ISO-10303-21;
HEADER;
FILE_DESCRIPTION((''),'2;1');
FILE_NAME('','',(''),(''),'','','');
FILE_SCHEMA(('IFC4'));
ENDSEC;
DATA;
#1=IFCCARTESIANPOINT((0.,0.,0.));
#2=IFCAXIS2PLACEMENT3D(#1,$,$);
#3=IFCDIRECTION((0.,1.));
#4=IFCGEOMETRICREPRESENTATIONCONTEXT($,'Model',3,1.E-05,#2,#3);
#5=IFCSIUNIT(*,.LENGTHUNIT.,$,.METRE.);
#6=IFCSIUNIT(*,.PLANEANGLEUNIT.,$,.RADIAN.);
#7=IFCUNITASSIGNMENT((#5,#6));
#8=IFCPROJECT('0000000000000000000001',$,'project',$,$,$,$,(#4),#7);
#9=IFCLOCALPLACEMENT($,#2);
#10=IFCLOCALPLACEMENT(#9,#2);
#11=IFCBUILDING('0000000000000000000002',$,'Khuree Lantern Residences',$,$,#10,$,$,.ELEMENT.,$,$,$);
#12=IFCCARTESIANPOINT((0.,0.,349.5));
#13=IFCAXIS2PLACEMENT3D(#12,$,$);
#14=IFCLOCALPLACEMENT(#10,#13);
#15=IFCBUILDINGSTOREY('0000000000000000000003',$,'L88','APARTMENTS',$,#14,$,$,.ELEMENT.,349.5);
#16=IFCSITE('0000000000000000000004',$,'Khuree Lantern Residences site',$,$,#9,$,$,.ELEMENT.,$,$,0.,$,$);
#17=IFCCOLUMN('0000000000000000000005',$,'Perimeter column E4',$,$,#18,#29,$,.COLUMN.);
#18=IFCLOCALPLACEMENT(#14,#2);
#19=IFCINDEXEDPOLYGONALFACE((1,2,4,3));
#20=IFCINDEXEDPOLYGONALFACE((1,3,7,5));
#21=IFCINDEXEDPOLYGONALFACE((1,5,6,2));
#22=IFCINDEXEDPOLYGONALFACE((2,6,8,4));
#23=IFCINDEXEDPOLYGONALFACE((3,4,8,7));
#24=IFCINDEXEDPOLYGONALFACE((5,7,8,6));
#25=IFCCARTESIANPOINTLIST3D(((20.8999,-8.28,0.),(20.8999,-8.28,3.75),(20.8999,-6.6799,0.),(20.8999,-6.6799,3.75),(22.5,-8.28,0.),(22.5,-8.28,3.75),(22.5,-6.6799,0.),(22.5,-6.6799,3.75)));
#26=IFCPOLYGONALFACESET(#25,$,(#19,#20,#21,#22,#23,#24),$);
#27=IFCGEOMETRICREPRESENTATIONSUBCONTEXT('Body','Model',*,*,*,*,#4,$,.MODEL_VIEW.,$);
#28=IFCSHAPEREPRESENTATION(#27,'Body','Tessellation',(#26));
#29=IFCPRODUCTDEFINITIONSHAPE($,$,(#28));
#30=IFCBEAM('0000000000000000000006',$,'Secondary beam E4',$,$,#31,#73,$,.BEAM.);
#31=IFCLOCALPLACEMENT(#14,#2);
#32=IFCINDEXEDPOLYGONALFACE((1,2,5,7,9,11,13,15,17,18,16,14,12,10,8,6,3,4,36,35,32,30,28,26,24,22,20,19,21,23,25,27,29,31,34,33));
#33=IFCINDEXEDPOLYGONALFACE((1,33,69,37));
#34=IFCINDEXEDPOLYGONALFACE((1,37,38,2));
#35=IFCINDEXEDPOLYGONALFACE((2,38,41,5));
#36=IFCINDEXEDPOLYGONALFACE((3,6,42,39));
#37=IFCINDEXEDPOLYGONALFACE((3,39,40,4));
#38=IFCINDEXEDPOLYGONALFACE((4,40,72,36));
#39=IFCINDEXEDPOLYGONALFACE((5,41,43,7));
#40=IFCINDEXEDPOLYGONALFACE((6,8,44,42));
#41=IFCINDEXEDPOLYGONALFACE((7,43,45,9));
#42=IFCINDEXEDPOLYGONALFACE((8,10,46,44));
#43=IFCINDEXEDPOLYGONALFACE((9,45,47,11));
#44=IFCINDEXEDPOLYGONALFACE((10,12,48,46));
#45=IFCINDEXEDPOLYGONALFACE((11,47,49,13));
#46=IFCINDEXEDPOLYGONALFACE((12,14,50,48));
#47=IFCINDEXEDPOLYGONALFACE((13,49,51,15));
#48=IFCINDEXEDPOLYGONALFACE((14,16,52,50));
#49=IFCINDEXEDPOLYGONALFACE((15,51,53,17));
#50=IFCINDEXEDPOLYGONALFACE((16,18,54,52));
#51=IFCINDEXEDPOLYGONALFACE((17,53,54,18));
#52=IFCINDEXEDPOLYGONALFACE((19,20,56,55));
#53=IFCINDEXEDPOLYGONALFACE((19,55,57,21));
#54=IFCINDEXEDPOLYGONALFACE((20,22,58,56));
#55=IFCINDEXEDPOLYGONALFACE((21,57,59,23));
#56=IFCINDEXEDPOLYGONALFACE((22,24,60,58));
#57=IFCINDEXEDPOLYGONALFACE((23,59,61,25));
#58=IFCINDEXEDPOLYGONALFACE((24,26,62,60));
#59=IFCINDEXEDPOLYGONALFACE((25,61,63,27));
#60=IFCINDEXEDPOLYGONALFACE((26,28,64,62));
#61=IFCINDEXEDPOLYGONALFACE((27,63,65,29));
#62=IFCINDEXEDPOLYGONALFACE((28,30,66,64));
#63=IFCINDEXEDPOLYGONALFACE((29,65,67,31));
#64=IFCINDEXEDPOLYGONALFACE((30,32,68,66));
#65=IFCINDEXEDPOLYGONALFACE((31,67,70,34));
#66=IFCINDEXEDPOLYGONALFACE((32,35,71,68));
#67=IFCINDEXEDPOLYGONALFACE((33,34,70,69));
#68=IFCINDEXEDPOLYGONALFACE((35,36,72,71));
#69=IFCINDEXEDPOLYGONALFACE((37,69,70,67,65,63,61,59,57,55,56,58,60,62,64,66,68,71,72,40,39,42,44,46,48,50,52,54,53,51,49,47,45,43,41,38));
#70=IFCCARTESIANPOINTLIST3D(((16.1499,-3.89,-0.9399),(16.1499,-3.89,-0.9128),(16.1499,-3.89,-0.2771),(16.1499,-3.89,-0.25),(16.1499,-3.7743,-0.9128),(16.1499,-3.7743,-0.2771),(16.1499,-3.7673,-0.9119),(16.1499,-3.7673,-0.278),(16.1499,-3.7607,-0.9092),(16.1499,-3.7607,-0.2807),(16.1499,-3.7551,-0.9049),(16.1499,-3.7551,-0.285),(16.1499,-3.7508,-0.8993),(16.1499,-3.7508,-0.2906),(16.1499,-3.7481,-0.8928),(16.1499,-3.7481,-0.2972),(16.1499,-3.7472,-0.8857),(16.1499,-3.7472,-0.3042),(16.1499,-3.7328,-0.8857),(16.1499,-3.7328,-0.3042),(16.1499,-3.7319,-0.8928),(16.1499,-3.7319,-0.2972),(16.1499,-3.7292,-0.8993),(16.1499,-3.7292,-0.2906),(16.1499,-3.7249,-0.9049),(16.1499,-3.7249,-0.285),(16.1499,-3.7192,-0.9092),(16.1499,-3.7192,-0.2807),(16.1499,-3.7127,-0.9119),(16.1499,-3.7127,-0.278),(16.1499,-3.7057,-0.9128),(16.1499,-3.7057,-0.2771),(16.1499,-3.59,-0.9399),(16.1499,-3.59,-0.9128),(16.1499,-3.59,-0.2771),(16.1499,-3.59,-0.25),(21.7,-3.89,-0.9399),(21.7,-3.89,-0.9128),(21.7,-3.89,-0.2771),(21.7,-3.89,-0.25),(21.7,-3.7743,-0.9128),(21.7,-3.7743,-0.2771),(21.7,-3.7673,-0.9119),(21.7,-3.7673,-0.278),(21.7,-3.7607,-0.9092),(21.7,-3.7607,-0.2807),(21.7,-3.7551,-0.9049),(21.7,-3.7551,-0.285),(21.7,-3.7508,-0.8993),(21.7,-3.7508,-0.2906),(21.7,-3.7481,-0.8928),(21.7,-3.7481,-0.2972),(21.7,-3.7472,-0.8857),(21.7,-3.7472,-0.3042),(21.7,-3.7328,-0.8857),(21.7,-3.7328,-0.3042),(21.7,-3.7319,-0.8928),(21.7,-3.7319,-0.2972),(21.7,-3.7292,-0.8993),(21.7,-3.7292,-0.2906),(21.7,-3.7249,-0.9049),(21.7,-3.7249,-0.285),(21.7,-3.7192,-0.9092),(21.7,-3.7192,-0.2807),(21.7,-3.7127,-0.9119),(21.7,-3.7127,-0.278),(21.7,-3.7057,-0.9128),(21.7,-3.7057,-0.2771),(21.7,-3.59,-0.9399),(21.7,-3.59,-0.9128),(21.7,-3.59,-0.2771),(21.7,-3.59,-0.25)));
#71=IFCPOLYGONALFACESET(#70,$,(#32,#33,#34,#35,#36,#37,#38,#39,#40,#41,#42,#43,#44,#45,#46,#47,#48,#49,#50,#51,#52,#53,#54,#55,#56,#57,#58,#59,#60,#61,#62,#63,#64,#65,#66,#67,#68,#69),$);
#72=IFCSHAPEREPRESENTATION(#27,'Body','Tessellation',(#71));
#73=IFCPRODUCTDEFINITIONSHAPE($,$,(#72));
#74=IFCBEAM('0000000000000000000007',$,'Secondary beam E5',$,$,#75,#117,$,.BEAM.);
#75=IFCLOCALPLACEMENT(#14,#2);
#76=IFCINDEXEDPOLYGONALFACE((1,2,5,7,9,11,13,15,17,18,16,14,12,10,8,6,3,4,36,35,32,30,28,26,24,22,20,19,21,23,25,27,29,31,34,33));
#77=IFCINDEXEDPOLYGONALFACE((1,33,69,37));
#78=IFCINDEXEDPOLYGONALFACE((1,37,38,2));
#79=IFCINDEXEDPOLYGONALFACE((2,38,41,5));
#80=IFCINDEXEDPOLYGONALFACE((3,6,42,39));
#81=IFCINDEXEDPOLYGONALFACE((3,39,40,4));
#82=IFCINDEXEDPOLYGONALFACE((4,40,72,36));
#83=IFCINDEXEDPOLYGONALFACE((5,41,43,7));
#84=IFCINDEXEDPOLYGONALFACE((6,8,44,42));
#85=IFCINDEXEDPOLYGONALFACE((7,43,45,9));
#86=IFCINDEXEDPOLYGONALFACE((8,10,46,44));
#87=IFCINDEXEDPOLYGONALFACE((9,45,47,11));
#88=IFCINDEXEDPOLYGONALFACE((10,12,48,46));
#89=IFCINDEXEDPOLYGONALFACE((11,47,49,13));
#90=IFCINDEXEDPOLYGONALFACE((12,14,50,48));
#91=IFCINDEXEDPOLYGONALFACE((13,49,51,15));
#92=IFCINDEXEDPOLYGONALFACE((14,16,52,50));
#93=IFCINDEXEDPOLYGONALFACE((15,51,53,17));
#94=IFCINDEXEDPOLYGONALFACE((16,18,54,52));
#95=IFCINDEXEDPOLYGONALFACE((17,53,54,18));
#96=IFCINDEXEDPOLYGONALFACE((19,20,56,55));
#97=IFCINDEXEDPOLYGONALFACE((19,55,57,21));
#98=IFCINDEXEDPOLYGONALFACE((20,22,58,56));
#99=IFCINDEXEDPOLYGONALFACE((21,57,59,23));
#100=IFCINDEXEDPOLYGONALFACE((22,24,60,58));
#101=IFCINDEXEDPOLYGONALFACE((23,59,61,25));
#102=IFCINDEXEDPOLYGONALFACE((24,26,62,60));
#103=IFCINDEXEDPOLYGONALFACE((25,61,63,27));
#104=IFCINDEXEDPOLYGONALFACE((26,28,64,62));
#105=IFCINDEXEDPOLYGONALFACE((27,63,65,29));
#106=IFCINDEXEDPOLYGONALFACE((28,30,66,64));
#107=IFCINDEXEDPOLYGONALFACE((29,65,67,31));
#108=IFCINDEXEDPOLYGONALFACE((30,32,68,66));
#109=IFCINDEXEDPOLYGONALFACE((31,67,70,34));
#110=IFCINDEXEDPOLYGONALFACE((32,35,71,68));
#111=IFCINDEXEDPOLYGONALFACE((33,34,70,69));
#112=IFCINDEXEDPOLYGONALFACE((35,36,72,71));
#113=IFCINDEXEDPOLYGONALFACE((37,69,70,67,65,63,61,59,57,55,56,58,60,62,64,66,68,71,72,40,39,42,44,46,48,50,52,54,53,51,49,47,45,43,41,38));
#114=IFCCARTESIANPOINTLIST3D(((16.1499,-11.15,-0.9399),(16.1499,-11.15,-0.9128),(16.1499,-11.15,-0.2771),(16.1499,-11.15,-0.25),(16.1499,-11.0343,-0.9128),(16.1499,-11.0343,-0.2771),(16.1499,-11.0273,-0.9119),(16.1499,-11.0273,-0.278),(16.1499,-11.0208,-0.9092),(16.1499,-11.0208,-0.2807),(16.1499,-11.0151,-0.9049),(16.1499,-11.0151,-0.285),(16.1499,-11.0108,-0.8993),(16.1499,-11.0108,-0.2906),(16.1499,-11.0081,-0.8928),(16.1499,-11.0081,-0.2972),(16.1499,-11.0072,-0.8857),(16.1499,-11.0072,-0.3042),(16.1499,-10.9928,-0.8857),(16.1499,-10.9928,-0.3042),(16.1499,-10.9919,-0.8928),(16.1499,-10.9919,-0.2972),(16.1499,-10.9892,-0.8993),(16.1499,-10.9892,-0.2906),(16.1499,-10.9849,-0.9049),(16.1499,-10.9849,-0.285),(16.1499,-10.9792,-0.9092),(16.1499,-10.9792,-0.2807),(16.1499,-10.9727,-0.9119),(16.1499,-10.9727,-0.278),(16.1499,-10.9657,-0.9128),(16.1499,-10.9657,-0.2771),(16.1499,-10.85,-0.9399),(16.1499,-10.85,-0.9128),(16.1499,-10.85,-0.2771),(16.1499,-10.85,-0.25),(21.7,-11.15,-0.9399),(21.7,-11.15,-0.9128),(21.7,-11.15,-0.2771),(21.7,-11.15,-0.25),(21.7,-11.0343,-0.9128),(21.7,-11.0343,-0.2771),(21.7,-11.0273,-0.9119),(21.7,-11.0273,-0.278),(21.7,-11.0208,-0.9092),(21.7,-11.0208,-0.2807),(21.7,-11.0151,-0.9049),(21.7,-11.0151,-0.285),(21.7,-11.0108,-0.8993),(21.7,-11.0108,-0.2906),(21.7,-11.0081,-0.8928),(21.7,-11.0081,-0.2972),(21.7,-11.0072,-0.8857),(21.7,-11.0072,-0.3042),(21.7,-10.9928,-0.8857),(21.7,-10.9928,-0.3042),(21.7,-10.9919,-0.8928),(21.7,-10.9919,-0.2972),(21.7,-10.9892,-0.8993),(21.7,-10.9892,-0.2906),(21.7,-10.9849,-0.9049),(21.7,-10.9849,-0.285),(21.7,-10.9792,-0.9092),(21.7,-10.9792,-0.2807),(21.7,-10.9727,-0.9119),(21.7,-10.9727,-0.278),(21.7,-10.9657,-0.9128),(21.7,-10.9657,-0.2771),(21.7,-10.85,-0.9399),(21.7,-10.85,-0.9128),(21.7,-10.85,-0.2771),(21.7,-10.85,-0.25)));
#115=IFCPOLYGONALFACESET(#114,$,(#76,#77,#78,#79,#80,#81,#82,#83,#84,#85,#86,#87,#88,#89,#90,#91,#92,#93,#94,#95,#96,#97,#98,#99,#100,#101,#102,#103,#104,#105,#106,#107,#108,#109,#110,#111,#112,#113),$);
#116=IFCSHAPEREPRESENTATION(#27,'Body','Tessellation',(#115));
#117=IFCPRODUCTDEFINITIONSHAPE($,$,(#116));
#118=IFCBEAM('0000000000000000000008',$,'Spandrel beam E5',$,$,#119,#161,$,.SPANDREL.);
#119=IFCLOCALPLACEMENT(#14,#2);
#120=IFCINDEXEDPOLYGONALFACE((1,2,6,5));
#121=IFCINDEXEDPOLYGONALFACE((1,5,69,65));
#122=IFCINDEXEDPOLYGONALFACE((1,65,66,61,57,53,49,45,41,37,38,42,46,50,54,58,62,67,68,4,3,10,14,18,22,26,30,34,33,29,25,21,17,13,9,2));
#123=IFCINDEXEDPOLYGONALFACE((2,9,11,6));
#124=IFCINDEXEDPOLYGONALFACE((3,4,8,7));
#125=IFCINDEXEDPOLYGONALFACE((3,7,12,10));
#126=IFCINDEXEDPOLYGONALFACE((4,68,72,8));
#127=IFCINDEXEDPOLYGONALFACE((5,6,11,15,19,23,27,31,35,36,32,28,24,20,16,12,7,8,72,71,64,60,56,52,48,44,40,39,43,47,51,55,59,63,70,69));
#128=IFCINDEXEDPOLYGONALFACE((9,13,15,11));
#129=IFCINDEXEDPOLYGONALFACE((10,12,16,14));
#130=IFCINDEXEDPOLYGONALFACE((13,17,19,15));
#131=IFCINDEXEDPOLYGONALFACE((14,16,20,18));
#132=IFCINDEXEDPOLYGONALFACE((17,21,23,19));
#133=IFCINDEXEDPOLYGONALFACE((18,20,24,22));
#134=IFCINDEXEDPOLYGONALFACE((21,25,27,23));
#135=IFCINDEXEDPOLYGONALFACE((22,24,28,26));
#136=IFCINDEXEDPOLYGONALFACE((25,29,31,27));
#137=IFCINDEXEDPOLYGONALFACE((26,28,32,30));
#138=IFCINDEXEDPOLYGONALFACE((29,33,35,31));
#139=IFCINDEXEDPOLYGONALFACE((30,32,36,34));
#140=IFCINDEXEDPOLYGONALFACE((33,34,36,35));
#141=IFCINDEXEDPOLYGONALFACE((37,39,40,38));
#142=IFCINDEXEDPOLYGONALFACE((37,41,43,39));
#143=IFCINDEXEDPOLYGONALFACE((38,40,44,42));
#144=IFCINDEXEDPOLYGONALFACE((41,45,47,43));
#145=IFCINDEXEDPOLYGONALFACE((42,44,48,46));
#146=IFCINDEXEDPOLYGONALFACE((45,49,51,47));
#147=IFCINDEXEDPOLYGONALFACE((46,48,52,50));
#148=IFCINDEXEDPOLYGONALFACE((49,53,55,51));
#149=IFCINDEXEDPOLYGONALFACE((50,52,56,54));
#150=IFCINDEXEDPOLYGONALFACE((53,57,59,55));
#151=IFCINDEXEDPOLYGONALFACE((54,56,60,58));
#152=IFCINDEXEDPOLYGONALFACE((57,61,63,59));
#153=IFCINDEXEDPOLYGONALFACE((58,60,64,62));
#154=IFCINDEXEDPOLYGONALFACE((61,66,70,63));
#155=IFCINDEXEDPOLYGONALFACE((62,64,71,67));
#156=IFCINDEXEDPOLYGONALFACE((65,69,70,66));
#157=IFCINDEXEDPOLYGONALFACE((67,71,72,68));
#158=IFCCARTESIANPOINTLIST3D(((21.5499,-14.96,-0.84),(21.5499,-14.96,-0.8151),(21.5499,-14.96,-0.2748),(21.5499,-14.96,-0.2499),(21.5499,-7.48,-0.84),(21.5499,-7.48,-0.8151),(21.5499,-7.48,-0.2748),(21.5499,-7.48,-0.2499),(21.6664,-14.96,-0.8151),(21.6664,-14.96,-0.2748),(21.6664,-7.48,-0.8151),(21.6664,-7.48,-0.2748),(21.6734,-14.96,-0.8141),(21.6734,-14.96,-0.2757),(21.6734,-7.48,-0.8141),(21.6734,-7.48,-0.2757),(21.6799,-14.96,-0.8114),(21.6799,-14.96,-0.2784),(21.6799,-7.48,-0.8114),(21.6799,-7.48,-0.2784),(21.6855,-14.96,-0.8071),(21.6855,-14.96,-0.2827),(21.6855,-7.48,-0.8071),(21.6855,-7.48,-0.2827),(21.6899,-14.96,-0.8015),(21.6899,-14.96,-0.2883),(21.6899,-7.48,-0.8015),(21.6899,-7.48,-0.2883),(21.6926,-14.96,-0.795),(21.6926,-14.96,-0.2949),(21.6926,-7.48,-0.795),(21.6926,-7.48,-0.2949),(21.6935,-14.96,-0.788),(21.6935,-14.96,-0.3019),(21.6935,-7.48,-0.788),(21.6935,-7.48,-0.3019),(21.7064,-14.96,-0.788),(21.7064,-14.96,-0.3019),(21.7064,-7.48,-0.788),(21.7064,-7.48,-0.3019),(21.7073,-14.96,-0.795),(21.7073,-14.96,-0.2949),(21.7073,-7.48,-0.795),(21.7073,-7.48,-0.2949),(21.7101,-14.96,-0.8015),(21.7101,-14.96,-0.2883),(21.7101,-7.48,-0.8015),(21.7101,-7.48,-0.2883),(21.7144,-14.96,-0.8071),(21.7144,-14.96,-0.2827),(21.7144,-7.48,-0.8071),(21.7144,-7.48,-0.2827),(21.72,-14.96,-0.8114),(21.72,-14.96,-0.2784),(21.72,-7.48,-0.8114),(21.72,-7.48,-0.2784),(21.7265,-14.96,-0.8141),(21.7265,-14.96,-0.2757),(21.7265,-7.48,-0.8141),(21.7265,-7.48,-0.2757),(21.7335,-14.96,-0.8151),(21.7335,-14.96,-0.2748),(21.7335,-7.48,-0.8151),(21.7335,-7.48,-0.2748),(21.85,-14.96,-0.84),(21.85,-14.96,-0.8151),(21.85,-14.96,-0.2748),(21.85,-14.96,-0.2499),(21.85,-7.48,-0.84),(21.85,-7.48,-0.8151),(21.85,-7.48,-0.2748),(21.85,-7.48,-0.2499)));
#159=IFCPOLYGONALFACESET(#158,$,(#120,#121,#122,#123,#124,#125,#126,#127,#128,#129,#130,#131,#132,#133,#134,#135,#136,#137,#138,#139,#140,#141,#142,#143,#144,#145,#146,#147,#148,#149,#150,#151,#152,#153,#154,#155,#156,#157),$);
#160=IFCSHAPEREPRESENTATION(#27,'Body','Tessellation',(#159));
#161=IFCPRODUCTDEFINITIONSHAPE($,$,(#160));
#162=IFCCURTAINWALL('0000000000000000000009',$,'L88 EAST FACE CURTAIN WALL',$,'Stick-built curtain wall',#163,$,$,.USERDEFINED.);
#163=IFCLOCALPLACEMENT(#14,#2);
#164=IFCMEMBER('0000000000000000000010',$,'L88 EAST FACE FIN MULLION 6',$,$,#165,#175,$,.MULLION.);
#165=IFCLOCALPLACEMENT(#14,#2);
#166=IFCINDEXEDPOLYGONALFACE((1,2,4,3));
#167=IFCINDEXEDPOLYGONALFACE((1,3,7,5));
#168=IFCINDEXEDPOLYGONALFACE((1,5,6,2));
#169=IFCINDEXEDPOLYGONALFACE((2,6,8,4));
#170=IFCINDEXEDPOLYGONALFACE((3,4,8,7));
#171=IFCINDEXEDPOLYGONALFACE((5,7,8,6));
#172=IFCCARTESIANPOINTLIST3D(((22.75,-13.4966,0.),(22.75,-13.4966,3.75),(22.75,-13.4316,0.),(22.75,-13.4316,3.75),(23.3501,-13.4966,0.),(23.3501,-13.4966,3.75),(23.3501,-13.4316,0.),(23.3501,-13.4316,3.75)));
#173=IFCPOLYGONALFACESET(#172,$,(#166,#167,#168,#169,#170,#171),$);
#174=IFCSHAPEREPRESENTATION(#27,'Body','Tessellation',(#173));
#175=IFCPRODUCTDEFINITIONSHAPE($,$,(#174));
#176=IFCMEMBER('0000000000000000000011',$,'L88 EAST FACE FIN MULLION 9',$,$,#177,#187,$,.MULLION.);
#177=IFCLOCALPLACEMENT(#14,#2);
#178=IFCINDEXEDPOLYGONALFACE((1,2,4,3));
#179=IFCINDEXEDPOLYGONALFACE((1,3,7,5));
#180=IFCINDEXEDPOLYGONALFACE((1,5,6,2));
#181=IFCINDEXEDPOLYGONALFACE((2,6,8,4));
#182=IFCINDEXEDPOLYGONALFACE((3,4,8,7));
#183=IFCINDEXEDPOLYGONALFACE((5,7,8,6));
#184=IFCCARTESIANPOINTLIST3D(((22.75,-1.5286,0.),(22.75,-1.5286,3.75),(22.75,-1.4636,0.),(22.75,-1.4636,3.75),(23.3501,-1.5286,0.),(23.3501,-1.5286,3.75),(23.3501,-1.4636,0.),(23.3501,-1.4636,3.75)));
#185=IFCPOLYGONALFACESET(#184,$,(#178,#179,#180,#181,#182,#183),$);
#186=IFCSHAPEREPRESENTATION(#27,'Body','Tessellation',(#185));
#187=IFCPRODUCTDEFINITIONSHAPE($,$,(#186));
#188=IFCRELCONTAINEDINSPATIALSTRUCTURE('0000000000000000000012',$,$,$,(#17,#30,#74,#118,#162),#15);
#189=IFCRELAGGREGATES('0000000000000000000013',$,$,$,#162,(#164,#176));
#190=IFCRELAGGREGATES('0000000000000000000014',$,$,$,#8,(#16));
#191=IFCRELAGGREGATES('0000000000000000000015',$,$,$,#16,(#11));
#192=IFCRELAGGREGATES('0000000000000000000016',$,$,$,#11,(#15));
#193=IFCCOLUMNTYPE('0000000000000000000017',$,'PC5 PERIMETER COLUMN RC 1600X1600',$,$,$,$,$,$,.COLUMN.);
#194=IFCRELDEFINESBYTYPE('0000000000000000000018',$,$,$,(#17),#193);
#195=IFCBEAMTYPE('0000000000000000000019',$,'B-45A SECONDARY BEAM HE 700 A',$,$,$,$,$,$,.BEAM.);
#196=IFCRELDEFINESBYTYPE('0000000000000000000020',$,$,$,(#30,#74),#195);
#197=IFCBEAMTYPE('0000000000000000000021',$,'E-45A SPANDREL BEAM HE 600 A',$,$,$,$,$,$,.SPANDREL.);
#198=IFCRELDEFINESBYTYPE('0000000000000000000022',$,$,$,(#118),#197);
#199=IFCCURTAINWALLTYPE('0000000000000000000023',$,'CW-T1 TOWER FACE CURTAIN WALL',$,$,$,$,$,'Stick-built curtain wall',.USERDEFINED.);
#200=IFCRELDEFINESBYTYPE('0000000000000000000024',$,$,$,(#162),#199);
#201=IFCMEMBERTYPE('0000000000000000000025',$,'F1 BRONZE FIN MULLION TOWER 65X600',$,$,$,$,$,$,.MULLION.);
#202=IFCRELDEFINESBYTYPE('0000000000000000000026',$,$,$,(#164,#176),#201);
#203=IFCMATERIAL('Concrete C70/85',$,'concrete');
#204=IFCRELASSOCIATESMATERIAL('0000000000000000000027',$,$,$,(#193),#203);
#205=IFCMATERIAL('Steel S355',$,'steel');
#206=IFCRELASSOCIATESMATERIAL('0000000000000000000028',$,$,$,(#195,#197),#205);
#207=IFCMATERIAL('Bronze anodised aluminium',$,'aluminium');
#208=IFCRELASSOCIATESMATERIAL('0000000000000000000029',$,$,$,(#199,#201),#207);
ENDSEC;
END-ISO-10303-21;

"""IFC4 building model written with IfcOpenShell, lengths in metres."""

from ifc_helpers import new_model, si_unit, direction, frame, origin, origin_2d, place, context, subcontext, project, spatial, rectangle, i_section, extrude, material, material_profile, profile_set, type_object, element, aggregate, save


model = new_model("IFC4")

# Units and contexts
model_context = context("Model", 3, precision=1e-05, world=origin(), true_north=direction((0.0, 1.0)))
body_context = subcontext(model_context, "Body", "Model", "MODEL_VIEW")
ifc_project = project(units=[si_unit("LENGTHUNIT", "METRE"), si_unit("PLANEANGLEUNIT", "RADIAN")], contexts=[model_context])

# Site, building, storey
site_placement = place(None, origin())
site = spatial("IfcSite", under=ifc_project, at=site_placement, Name="Khuree Lantern Residences site", CompositionType="ELEMENT", RefElevation=0.0)
building_placement = place(site_placement, origin())
building = spatial("IfcBuilding", under=site, at=building_placement, Name="Khuree Lantern Residences", CompositionType="ELEMENT")
storey_placement = place(building_placement, frame((0.0, 0.0, 349.5)))
storey = spatial("IfcBuildingStorey", under=building, at=storey_placement, Name="L88", Description="APARTMENTS", CompositionType="ELEMENT", Elevation=349.5)

# Column
ifc_material_1 = material(Name="Concrete C70/85", Category="concrete")
ifc_material_profile_1 = material_profile(ifc_material_1, rectangle(XDim=1.6001, YDim=1.6001, at=origin_2d()), Name="RC 1600X1600")
ifc_profile_set_1 = profile_set([ifc_material_profile_1], Name="Concrete C70/85")
column_type = type_object("IfcColumnType", Name="PC5 PERIMETER COLUMN RC 1600X1600", PredefinedType="COLUMN", material=ifc_profile_set_1)
column_placement = place(storey_placement, frame((21.7, -7.48, 0.0), z_axis=(0.0, 0.0, 1.0), x_axis=(0.0, 1.0, 0.0)))
element("IfcColumn", 1, at=column_placement, inside=storey, type_object=column_type, Name="Perimeter column E4", PredefinedType="COLUMN", context=body_context, shape_type="SweptSolid", body=[
    extrude(rectangle(XDim=1.6001, YDim=1.6001, at=origin_2d()), origin(), (0.0, 0.0, 1.0), 3.75),
])

# Beams
ifc_material_2 = material(Name="Steel S355", Category="steel")
ifc_material_profile_2 = material_profile(ifc_material_2, i_section(OverallWidth=0.3, OverallDepth=0.6899, WebThickness=0.0144, FlangeThickness=0.0271, FilletRadius=0.0271, at=origin_2d()), Name="HE 700 A")
ifc_profile_set_2 = profile_set([ifc_material_profile_2], Name="Steel S355")
beam_type_1 = type_object("IfcBeamType", Name="B-45A SECONDARY BEAM HE 700 A", PredefinedType="BEAM", material=ifc_profile_set_2)
for number, where, z_axis, x_axis, name in (
    (2, (21.7, -3.74, -0.595), (-1.0, 0.0, 0.0), (0.0, -1.0, 0.0), "Secondary beam E4"),
    (3, (21.7, -11.0, -0.595), (-1.0, 0.0, 0.0), (0.0, -1.0, 0.0), "Secondary beam E5"),
):
    element("IfcBeam", number, at=place(storey_placement, frame(where, z_axis=z_axis, x_axis=x_axis)), inside=storey, type_object=beam_type_1, Name=name, PredefinedType="BEAM", context=body_context, shape_type="SweptSolid", body=[
        extrude(i_section(OverallWidth=0.3, OverallDepth=0.6899, WebThickness=0.0144, FlangeThickness=0.0271, FilletRadius=0.0271, at=origin_2d()), origin(), (0.0, 0.0, 1.0), 5.55),
    ])
ifc_material_profile_3 = material_profile(ifc_material_2, i_section(OverallWidth=0.3, OverallDepth=0.5901, WebThickness=0.0129, FlangeThickness=0.0249, FilletRadius=0.0271, at=origin_2d()), Name="HE 600 A")
ifc_profile_set_3 = profile_set([ifc_material_profile_3], Name="Steel S355")
beam_type_2 = type_object("IfcBeamType", Name="E-45A SPANDREL BEAM HE 600 A", PredefinedType="SPANDREL", material=ifc_profile_set_3)
beam_1_placement = place(storey_placement, frame((21.7, -7.48, -0.5449), z_axis=(0.0, -1.0, 0.0), x_axis=(1.0, 0.0, 0.0)))
element("IfcBeam", 4, at=beam_1_placement, inside=storey, type_object=beam_type_2, Name="Spandrel beam E5", PredefinedType="SPANDREL", context=body_context, shape_type="SweptSolid", body=[
    extrude(i_section(OverallWidth=0.3, OverallDepth=0.5901, WebThickness=0.0129, FlangeThickness=0.0249, FilletRadius=0.0271, at=origin_2d()), origin(), (0.0, 0.0, 1.0), 7.48),
])

# Curtain wall, members
ifc_material_3 = material(Name="Bronze anodised aluminium", Category="aluminium")
curtain_wall_type = type_object("IfcCurtainWallType", Name="CW-T1 TOWER FACE CURTAIN WALL", ElementType="Stick-built curtain wall", PredefinedType="USERDEFINED", material=ifc_material_3)
curtain_wall_placement = place(storey_placement, origin())
curtain_wall = element("IfcCurtainWall", 5, at=curtain_wall_placement, inside=storey, type_object=curtain_wall_type, Name="L88 EAST FACE CURTAIN WALL", ObjectType="Stick-built curtain wall", PredefinedType="USERDEFINED")
ifc_material_profile_4 = material_profile(ifc_material_3, rectangle(XDim=0.0649, YDim=0.6001, at=origin_2d()), Name="F1 65X600")
ifc_profile_set_4 = profile_set([ifc_material_profile_4], Name="Bronze anodised aluminium")
member_type_1 = type_object("IfcMemberType", Name="F1 BRONZE FIN MULLION TOWER 65X600", PredefinedType="MULLION", material=ifc_profile_set_4)
member_1_placement = place(storey_placement, frame((23.05, -13.4641, 0.0), z_axis=(0.0, 0.0, 1.0), x_axis=(0.0, 1.0, 0.0)))
member_1 = element("IfcMember", 6, at=member_1_placement, type_object=member_type_1, Name="L88 EAST FACE FIN MULLION 6", PredefinedType="MULLION", context=body_context, shape_type="SweptSolid", body=[
    extrude(rectangle(XDim=0.0649, YDim=0.6001, at=origin_2d()), origin(), (0.0, 0.0, 1.0), 3.75),
])
member_2_placement = place(storey_placement, frame((23.05, -1.4961, 0.0), z_axis=(0.0, 0.0, 1.0), x_axis=(0.0, 1.0, 0.0)))
member_2 = element("IfcMember", 7, at=member_2_placement, type_object=member_type_1, Name="L88 EAST FACE FIN MULLION 9", PredefinedType="MULLION", context=body_context, shape_type="SweptSolid", body=[
    extrude(rectangle(XDim=0.0649, YDim=0.6001, at=origin_2d()), origin(), (0.0, 0.0, 1.0), 3.75),
])

aggregate(curtain_wall, [member_1, member_2])

save(model, "model.ifc")
